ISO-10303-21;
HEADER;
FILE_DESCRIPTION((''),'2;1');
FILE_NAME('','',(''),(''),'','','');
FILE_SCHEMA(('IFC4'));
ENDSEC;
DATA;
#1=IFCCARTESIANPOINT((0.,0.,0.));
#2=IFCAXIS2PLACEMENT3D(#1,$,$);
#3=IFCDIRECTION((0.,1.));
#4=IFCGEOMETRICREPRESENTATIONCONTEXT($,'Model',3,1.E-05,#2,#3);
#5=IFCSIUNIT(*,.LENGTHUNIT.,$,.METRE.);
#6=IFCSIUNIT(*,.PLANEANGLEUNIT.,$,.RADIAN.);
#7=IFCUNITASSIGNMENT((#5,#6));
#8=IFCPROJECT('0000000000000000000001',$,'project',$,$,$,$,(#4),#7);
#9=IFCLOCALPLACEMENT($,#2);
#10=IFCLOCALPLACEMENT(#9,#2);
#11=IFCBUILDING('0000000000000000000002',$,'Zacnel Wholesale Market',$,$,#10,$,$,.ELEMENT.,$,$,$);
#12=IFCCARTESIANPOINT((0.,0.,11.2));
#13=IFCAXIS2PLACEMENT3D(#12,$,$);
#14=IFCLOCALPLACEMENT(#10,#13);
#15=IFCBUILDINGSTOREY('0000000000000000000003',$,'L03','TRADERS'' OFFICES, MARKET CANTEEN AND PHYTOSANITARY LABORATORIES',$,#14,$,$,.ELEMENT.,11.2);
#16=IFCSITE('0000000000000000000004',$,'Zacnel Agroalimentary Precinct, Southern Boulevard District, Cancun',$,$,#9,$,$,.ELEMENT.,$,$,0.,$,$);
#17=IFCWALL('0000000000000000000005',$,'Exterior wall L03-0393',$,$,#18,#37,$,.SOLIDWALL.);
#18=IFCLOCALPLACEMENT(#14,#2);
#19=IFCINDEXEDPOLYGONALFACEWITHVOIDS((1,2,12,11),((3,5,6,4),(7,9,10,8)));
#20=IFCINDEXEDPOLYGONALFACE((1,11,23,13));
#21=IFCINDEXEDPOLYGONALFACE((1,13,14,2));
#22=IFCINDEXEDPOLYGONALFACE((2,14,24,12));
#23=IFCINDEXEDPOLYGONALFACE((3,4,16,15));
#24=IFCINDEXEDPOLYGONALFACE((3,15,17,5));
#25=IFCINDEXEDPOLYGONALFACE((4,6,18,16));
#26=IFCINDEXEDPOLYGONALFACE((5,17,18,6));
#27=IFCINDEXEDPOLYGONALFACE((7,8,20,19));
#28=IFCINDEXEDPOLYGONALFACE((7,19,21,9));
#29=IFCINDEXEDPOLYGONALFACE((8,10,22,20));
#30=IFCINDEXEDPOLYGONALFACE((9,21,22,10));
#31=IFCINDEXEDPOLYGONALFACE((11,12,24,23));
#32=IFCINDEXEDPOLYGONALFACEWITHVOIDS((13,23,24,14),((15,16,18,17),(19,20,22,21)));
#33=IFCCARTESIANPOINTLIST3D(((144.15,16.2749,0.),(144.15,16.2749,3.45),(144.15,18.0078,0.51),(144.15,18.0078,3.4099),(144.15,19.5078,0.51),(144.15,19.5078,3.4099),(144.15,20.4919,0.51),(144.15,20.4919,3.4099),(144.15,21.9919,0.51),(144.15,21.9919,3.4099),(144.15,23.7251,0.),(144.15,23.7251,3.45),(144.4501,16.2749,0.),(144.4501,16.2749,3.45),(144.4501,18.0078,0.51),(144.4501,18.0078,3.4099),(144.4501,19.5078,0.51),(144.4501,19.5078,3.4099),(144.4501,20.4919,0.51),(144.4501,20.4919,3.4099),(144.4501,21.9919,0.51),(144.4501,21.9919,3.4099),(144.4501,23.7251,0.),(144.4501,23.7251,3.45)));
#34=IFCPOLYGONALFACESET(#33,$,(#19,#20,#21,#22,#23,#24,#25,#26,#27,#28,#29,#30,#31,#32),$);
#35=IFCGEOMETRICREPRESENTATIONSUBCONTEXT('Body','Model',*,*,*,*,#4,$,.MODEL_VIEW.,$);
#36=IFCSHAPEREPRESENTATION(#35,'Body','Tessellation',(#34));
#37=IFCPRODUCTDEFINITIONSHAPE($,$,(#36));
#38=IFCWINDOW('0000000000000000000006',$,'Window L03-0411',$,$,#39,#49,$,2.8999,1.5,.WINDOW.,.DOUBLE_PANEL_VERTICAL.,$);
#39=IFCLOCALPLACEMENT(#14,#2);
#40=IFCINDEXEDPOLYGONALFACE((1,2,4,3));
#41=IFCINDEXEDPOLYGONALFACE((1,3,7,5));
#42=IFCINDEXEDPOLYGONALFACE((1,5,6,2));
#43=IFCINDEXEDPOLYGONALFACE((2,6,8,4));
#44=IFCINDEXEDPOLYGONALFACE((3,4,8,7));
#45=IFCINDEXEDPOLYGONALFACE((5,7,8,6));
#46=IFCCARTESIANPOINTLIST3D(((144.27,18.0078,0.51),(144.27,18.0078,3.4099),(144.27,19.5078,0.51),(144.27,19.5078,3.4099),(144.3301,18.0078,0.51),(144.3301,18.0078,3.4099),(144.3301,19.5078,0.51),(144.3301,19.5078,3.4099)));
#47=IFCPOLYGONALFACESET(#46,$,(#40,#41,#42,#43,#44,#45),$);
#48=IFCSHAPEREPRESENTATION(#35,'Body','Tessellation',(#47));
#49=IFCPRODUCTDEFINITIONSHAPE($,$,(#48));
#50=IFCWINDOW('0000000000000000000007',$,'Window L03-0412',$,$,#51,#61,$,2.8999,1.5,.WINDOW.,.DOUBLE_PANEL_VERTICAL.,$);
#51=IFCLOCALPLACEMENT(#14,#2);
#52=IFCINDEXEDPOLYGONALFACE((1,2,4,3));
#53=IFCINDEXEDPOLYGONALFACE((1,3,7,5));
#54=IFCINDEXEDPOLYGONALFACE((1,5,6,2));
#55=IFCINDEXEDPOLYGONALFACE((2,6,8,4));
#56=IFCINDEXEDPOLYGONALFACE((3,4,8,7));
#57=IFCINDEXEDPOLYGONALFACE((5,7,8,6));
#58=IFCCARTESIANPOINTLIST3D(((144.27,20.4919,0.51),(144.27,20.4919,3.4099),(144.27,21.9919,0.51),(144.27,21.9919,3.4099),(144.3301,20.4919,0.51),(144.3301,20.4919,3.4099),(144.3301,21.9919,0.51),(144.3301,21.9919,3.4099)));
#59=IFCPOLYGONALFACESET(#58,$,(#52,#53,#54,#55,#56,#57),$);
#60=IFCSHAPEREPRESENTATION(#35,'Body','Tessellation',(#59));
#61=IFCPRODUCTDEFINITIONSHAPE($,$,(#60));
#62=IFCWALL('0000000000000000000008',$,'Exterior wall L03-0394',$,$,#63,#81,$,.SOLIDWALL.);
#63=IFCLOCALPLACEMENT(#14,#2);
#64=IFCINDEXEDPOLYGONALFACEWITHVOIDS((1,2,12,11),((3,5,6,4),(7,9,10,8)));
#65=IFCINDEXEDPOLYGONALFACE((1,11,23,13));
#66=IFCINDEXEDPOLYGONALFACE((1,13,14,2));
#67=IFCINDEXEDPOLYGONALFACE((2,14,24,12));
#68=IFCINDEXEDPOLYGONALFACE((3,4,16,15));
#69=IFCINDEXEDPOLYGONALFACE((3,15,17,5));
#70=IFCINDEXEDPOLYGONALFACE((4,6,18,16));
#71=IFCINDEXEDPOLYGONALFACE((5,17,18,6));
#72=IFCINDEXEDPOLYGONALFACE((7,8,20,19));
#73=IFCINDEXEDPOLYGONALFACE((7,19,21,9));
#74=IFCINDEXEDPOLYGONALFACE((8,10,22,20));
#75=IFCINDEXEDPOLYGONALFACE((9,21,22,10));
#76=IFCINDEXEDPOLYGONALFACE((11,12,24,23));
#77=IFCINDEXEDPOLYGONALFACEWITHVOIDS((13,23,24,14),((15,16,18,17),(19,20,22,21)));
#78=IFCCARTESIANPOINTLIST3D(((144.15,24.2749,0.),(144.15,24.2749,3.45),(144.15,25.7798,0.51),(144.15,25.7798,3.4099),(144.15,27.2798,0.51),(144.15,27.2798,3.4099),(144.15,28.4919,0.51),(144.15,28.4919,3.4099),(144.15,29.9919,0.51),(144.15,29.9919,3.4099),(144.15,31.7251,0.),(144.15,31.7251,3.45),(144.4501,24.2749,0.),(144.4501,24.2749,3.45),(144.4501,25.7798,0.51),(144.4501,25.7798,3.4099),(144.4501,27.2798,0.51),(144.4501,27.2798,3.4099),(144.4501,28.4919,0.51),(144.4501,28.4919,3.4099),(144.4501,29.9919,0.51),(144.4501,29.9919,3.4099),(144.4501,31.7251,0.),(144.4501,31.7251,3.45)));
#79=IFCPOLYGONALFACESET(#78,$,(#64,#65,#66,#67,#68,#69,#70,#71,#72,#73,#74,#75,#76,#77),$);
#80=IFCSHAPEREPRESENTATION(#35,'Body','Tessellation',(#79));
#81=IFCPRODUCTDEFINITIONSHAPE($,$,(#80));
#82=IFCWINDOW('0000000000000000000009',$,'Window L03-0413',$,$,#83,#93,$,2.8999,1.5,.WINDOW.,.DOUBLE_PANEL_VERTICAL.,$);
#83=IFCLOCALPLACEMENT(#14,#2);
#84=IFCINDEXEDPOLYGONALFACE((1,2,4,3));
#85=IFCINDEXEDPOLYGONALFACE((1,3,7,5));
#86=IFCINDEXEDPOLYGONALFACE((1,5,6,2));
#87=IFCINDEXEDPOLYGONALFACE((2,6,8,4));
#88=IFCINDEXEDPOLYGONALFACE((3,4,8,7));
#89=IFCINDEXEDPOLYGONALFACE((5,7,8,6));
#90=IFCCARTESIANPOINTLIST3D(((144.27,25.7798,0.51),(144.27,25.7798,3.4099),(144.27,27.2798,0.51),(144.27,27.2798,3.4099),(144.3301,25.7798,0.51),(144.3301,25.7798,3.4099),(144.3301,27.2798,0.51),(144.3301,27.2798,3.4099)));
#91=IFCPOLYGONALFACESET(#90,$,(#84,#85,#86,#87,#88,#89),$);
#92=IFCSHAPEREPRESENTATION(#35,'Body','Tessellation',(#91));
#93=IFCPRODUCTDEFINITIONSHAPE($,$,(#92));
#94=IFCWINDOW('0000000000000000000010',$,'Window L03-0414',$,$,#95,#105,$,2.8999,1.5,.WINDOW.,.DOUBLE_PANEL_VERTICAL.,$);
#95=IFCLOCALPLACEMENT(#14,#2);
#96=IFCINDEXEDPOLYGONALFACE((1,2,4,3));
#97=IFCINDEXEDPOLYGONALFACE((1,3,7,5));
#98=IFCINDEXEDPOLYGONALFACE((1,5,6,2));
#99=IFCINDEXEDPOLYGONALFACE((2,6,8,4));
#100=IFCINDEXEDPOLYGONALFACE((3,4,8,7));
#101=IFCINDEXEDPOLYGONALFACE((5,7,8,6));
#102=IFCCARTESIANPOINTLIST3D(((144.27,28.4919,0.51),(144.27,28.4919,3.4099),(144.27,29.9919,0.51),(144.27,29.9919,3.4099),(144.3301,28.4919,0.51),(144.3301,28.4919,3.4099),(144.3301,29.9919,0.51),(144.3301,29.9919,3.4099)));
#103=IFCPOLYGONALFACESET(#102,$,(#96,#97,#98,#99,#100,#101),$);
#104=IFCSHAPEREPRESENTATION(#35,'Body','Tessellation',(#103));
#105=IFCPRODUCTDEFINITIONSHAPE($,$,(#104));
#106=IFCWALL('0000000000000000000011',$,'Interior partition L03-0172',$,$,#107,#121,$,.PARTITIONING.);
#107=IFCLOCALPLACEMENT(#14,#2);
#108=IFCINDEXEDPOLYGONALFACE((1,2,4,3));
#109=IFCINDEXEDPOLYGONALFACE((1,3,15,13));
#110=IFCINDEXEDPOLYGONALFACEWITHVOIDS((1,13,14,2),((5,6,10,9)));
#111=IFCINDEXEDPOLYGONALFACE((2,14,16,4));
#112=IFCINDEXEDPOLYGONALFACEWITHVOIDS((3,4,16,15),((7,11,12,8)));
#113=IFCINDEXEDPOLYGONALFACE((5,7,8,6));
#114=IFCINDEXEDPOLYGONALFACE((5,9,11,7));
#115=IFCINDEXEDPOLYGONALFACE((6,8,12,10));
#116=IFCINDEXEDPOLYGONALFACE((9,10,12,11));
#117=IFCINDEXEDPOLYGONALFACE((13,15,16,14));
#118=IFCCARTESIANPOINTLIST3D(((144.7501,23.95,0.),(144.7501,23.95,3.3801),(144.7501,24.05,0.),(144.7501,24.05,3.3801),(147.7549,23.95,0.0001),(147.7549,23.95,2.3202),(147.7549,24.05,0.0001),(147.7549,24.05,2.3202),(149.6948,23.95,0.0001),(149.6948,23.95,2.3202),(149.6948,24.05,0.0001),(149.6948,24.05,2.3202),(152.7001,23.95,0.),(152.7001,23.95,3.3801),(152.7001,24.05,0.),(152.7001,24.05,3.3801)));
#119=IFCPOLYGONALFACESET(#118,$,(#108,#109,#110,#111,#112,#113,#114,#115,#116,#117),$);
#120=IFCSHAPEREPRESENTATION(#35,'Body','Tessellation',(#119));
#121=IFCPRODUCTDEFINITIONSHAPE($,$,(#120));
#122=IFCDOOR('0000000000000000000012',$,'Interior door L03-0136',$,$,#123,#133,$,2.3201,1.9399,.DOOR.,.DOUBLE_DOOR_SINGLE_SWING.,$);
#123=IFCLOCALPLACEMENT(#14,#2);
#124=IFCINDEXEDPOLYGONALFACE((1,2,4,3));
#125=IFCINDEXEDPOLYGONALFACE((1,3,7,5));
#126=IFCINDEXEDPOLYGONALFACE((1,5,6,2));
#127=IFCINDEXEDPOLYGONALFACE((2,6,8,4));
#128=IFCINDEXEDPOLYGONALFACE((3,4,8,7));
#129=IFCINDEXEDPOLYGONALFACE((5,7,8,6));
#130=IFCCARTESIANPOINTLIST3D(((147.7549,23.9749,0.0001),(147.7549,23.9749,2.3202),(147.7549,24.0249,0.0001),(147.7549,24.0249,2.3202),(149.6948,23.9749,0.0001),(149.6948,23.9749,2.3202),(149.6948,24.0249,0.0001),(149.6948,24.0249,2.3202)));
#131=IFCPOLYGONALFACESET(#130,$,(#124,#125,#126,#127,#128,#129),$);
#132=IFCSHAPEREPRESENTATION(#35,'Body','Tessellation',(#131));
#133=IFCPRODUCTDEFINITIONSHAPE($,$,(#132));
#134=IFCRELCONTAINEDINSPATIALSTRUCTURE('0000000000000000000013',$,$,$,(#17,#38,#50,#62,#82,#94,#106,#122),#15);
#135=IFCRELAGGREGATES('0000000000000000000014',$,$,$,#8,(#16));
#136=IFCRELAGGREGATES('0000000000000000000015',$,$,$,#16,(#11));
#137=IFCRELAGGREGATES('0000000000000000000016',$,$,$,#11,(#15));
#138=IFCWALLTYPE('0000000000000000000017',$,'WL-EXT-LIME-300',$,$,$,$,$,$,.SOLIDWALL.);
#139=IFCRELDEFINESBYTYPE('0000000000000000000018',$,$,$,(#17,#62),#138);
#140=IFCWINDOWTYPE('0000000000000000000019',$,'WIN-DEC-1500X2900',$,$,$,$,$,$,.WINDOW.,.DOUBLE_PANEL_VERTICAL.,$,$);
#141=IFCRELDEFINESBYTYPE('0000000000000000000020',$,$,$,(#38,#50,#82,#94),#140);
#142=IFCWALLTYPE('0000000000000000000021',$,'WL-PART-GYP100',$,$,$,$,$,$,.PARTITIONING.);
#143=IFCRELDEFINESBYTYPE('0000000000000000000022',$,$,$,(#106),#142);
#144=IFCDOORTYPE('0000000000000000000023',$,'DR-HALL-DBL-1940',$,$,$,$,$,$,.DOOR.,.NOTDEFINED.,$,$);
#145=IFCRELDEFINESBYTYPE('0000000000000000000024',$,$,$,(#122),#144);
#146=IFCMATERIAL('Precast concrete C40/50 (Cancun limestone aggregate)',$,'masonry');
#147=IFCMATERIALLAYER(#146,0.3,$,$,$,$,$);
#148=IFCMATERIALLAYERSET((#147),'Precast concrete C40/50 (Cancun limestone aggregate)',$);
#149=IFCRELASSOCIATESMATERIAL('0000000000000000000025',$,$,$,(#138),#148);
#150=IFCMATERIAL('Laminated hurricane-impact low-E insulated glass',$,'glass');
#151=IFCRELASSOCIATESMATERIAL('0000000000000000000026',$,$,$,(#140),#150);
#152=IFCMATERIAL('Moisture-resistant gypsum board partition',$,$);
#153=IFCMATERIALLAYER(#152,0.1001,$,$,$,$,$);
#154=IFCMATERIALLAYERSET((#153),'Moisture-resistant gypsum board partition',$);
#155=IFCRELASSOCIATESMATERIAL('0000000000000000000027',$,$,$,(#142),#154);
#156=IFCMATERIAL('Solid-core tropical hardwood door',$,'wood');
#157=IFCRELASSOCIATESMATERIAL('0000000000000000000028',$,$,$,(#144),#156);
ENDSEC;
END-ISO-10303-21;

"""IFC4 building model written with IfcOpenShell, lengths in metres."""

from ifc_helpers import new_model, si_unit, direction, frame, frame_2d, origin, place, context, subcontext, project, spatial, rectangle, extrude, material, layer, layer_set, type_object, element, fill, save


model = new_model("IFC4")

# Units and contexts
model_context = context("Model", 3, precision=1e-05, world=origin(), true_north=direction((0.0, 1.0)))
body_context = subcontext(model_context, "Body", "Model", "MODEL_VIEW")
ifc_project = project(units=[si_unit("LENGTHUNIT", "METRE"), si_unit("PLANEANGLEUNIT", "RADIAN")], contexts=[model_context])

# Site, building, storey
site_placement = place(None, origin())
site = spatial("IfcSite", under=ifc_project, at=site_placement, Name="Zacnel Agroalimentary Precinct, Southern Boulevard District, Cancun", CompositionType="ELEMENT", RefElevation=0.0)
building_placement = place(site_placement, origin())
building = spatial("IfcBuilding", under=site, at=building_placement, Name="Zacnel Wholesale Market", CompositionType="ELEMENT")
storey_placement = place(building_placement, frame((0.0, 0.0, 11.2)))
storey = spatial("IfcBuildingStorey", under=building, at=storey_placement, Name="L03", Description="TRADERS' OFFICES, MARKET CANTEEN AND PHYTOSANITARY LABORATORIES", CompositionType="ELEMENT", Elevation=11.2)

# Walls, openings, windows
ifc_material_1 = material(Name="Precast concrete C40/50 (Cancun limestone aggregate)", Category="masonry")
ifc_layer_1 = layer(ifc_material_1, 0.3)
ifc_layer_set_1 = layer_set([ifc_layer_1], Name="Precast concrete C40/50 (Cancun limestone aggregate)")
wall_type_1 = type_object("IfcWallType", Name="WL-EXT-LIME-300", PredefinedType="SOLIDWALL", material=ifc_layer_set_1)
wall_1_placement = place(storey_placement, frame((144.3, 16.2749, 0.0), z_axis=(0.0, 0.0, 1.0), x_axis=(0.0, 1.0, 0.0)))
wall_1 = element("IfcWall", 1, at=wall_1_placement, inside=storey, type_object=wall_type_1, Name="Exterior wall L03-0393", PredefinedType="SOLIDWALL", context=body_context, shape_type="SweptSolid", body=[
    extrude(rectangle(XDim=7.4502, YDim=0.3, at=frame_2d((3.7251, 0.0))), origin(), (0.0, 0.0, 1.0), 3.45),
])
opening_1_placement = place(wall_1_placement, frame((1.7329, 0.0, 0.51)))
opening_1 = element("IfcOpeningElement", 2, at=opening_1_placement, cuts=wall_1, PredefinedType="OPENING", context=body_context, shape_type="SweptSolid", body=[
    extrude(rectangle(XDim=1.5, YDim=2.8999, at=frame_2d((0.75, 1.45))), frame((0.0, 0.1599, 0.0), z_axis=(0.0, -1.0, 0.0), x_axis=(1.0, 0.0, 0.0)), (0.0, 0.0, 1.0), 0.3201),
])
opening_2_placement = place(wall_1_placement, frame((4.217, 0.0, 0.51)))
opening_2 = element("IfcOpeningElement", 3, at=opening_2_placement, cuts=wall_1, PredefinedType="OPENING", context=body_context, shape_type="SweptSolid", body=[
    extrude(rectangle(XDim=1.5, YDim=2.8999, at=frame_2d((0.75, 1.45))), frame((0.0, 0.1599, 0.0), z_axis=(0.0, -1.0, 0.0), x_axis=(1.0, 0.0, 0.0)), (0.0, 0.0, 1.0), 0.3201),
])
ifc_material_2 = material(Name="Laminated hurricane-impact low-E insulated glass", Category="glass")
window_type = type_object("IfcWindowType", Name="WIN-DEC-1500X2900", PartitioningType="DOUBLE_PANEL_VERTICAL", PredefinedType="WINDOW", material=ifc_material_2)
window_1_placement = place(opening_1_placement, origin())
window_1 = element("IfcWindow", 4, at=window_1_placement, inside=storey, type_object=window_type, Name="Window L03-0411", OverallHeight=2.8999, OverallWidth=1.5, PartitioningType="DOUBLE_PANEL_VERTICAL", PredefinedType="WINDOW", context=body_context, shape_type="SweptSolid", body=[
    extrude(rectangle(XDim=1.5, YDim=2.8999, at=frame_2d((0.75, 1.45))), frame((0.0, 0.03, 0.0), z_axis=(0.0, -1.0, 0.0), x_axis=(1.0, 0.0, 0.0)), (0.0, 0.0, 1.0), 0.0601),
])
fill(opening_1, window_1)
window_2_placement = place(opening_2_placement, origin())
window_2 = element("IfcWindow", 5, at=window_2_placement, inside=storey, type_object=window_type, Name="Window L03-0412", OverallHeight=2.8999, OverallWidth=1.5, PartitioningType="DOUBLE_PANEL_VERTICAL", PredefinedType="WINDOW", context=body_context, shape_type="SweptSolid", body=[
    extrude(rectangle(XDim=1.5, YDim=2.8999, at=frame_2d((0.75, 1.45))), frame((0.0, 0.03, 0.0), z_axis=(0.0, -1.0, 0.0), x_axis=(1.0, 0.0, 0.0)), (0.0, 0.0, 1.0), 0.0601),
])
fill(opening_2, window_2)
wall_2_placement = place(storey_placement, frame((144.3, 24.2749, 0.0), z_axis=(0.0, 0.0, 1.0), x_axis=(0.0, 1.0, 0.0)))
wall_2 = element("IfcWall", 6, at=wall_2_placement, inside=storey, type_object=wall_type_1, Name="Exterior wall L03-0394", PredefinedType="SOLIDWALL", context=body_context, shape_type="SweptSolid", body=[
    extrude(rectangle(XDim=7.4502, YDim=0.3, at=frame_2d((3.7251, 0.0))), origin(), (0.0, 0.0, 1.0), 3.45),
])
opening_3_placement = place(wall_2_placement, frame((1.5049, 0.0, 0.51)))
opening_3 = element("IfcOpeningElement", 7, at=opening_3_placement, cuts=wall_2, PredefinedType="OPENING", context=body_context, shape_type="SweptSolid", body=[
    extrude(rectangle(XDim=1.5, YDim=2.8999, at=frame_2d((0.75, 1.45))), frame((0.0, 0.1599, 0.0), z_axis=(0.0, -1.0, 0.0), x_axis=(1.0, 0.0, 0.0)), (0.0, 0.0, 1.0), 0.3201),
])
opening_4_placement = place(wall_2_placement, frame((4.217, 0.0, 0.51)))
opening_4 = element("IfcOpeningElement", 8, at=opening_4_placement, cuts=wall_2, PredefinedType="OPENING", context=body_context, shape_type="SweptSolid", body=[
    extrude(rectangle(XDim=1.5, YDim=2.8999, at=frame_2d((0.75, 1.45))), frame((0.0, 0.1599, 0.0), z_axis=(0.0, -1.0, 0.0), x_axis=(1.0, 0.0, 0.0)), (0.0, 0.0, 1.0), 0.3201),
])
window_3_placement = place(opening_3_placement, origin())
window_3 = element("IfcWindow", 9, at=window_3_placement, inside=storey, type_object=window_type, Name="Window L03-0413", OverallHeight=2.8999, OverallWidth=1.5, PartitioningType="DOUBLE_PANEL_VERTICAL", PredefinedType="WINDOW", context=body_context, shape_type="SweptSolid", body=[
    extrude(rectangle(XDim=1.5, YDim=2.8999, at=frame_2d((0.75, 1.45))), frame((0.0, 0.03, 0.0), z_axis=(0.0, -1.0, 0.0), x_axis=(1.0, 0.0, 0.0)), (0.0, 0.0, 1.0), 0.0601),
])
fill(opening_3, window_3)
window_4_placement = place(opening_4_placement, origin())
window_4 = element("IfcWindow", 10, at=window_4_placement, inside=storey, type_object=window_type, Name="Window L03-0414", OverallHeight=2.8999, OverallWidth=1.5, PartitioningType="DOUBLE_PANEL_VERTICAL", PredefinedType="WINDOW", context=body_context, shape_type="SweptSolid", body=[
    extrude(rectangle(XDim=1.5, YDim=2.8999, at=frame_2d((0.75, 1.45))), frame((0.0, 0.03, 0.0), z_axis=(0.0, -1.0, 0.0), x_axis=(1.0, 0.0, 0.0)), (0.0, 0.0, 1.0), 0.0601),
])
fill(opening_4, window_4)

# Wall, opening, door
ifc_material_3 = material(Name="Moisture-resistant gypsum board partition")
ifc_layer_2 = layer(ifc_material_3, 0.1001)
ifc_layer_set_2 = layer_set([ifc_layer_2], Name="Moisture-resistant gypsum board partition")
wall_type_2 = type_object("IfcWallType", Name="WL-PART-GYP100", PredefinedType="PARTITIONING", material=ifc_layer_set_2)
wall_3_placement = place(storey_placement, frame((144.75, 24.0, 0.0), z_axis=(0.0, 0.0, 1.0), x_axis=(1.0, 0.0, 0.0)))
wall_3 = element("IfcWall", 11, at=wall_3_placement, inside=storey, type_object=wall_type_2, Name="Interior partition L03-0172", PredefinedType="PARTITIONING", context=body_context, shape_type="SweptSolid", body=[
    extrude(rectangle(XDim=7.95, YDim=0.1001, at=frame_2d((3.9751, 0.0))), origin(), (0.0, 0.0, 1.0), 3.3801),
])
opening_5_placement = place(wall_3_placement, frame((3.0049, 0.0, 0.0)))
opening_5 = element("IfcOpeningElement", 12, at=opening_5_placement, cuts=wall_3, PredefinedType="OPENING", context=body_context, shape_type="SweptSolid", body=[
    extrude(rectangle(XDim=1.9399, YDim=2.3201, at=frame_2d((0.97, 1.1602))), frame((0.0, 0.0601, 0.0), z_axis=(0.0, -1.0, 0.0), x_axis=(1.0, 0.0, 0.0)), (0.0, 0.0, 1.0), 0.1201),
])
ifc_material_4 = material(Name="Solid-core tropical hardwood door", Category="wood")
door_type_1 = type_object("IfcDoorType", Name="DR-HALL-DBL-1940", OperationType="NOTDEFINED", PredefinedType="DOOR", material=ifc_material_4)
door_1_placement = place(opening_5_placement, origin())
door_1 = element("IfcDoor", 13, at=door_1_placement, inside=storey, type_object=door_type_1, Name="Interior door L03-0136", OperationType="DOUBLE_DOOR_SINGLE_SWING", OverallHeight=2.3201, OverallWidth=1.9399, PredefinedType="DOOR", context=body_context, shape_type="SweptSolid", body=[
    extrude(rectangle(XDim=1.9399, YDim=2.3201, at=frame_2d((0.97, 1.1602))), frame((0.0, 0.0249, 0.0), z_axis=(0.0, -1.0, 0.0), x_axis=(1.0, 0.0, 0.0)), (0.0, 0.0, 1.0), 0.05),
])
fill(opening_5, door_1)

save(model, "model.ifc")
